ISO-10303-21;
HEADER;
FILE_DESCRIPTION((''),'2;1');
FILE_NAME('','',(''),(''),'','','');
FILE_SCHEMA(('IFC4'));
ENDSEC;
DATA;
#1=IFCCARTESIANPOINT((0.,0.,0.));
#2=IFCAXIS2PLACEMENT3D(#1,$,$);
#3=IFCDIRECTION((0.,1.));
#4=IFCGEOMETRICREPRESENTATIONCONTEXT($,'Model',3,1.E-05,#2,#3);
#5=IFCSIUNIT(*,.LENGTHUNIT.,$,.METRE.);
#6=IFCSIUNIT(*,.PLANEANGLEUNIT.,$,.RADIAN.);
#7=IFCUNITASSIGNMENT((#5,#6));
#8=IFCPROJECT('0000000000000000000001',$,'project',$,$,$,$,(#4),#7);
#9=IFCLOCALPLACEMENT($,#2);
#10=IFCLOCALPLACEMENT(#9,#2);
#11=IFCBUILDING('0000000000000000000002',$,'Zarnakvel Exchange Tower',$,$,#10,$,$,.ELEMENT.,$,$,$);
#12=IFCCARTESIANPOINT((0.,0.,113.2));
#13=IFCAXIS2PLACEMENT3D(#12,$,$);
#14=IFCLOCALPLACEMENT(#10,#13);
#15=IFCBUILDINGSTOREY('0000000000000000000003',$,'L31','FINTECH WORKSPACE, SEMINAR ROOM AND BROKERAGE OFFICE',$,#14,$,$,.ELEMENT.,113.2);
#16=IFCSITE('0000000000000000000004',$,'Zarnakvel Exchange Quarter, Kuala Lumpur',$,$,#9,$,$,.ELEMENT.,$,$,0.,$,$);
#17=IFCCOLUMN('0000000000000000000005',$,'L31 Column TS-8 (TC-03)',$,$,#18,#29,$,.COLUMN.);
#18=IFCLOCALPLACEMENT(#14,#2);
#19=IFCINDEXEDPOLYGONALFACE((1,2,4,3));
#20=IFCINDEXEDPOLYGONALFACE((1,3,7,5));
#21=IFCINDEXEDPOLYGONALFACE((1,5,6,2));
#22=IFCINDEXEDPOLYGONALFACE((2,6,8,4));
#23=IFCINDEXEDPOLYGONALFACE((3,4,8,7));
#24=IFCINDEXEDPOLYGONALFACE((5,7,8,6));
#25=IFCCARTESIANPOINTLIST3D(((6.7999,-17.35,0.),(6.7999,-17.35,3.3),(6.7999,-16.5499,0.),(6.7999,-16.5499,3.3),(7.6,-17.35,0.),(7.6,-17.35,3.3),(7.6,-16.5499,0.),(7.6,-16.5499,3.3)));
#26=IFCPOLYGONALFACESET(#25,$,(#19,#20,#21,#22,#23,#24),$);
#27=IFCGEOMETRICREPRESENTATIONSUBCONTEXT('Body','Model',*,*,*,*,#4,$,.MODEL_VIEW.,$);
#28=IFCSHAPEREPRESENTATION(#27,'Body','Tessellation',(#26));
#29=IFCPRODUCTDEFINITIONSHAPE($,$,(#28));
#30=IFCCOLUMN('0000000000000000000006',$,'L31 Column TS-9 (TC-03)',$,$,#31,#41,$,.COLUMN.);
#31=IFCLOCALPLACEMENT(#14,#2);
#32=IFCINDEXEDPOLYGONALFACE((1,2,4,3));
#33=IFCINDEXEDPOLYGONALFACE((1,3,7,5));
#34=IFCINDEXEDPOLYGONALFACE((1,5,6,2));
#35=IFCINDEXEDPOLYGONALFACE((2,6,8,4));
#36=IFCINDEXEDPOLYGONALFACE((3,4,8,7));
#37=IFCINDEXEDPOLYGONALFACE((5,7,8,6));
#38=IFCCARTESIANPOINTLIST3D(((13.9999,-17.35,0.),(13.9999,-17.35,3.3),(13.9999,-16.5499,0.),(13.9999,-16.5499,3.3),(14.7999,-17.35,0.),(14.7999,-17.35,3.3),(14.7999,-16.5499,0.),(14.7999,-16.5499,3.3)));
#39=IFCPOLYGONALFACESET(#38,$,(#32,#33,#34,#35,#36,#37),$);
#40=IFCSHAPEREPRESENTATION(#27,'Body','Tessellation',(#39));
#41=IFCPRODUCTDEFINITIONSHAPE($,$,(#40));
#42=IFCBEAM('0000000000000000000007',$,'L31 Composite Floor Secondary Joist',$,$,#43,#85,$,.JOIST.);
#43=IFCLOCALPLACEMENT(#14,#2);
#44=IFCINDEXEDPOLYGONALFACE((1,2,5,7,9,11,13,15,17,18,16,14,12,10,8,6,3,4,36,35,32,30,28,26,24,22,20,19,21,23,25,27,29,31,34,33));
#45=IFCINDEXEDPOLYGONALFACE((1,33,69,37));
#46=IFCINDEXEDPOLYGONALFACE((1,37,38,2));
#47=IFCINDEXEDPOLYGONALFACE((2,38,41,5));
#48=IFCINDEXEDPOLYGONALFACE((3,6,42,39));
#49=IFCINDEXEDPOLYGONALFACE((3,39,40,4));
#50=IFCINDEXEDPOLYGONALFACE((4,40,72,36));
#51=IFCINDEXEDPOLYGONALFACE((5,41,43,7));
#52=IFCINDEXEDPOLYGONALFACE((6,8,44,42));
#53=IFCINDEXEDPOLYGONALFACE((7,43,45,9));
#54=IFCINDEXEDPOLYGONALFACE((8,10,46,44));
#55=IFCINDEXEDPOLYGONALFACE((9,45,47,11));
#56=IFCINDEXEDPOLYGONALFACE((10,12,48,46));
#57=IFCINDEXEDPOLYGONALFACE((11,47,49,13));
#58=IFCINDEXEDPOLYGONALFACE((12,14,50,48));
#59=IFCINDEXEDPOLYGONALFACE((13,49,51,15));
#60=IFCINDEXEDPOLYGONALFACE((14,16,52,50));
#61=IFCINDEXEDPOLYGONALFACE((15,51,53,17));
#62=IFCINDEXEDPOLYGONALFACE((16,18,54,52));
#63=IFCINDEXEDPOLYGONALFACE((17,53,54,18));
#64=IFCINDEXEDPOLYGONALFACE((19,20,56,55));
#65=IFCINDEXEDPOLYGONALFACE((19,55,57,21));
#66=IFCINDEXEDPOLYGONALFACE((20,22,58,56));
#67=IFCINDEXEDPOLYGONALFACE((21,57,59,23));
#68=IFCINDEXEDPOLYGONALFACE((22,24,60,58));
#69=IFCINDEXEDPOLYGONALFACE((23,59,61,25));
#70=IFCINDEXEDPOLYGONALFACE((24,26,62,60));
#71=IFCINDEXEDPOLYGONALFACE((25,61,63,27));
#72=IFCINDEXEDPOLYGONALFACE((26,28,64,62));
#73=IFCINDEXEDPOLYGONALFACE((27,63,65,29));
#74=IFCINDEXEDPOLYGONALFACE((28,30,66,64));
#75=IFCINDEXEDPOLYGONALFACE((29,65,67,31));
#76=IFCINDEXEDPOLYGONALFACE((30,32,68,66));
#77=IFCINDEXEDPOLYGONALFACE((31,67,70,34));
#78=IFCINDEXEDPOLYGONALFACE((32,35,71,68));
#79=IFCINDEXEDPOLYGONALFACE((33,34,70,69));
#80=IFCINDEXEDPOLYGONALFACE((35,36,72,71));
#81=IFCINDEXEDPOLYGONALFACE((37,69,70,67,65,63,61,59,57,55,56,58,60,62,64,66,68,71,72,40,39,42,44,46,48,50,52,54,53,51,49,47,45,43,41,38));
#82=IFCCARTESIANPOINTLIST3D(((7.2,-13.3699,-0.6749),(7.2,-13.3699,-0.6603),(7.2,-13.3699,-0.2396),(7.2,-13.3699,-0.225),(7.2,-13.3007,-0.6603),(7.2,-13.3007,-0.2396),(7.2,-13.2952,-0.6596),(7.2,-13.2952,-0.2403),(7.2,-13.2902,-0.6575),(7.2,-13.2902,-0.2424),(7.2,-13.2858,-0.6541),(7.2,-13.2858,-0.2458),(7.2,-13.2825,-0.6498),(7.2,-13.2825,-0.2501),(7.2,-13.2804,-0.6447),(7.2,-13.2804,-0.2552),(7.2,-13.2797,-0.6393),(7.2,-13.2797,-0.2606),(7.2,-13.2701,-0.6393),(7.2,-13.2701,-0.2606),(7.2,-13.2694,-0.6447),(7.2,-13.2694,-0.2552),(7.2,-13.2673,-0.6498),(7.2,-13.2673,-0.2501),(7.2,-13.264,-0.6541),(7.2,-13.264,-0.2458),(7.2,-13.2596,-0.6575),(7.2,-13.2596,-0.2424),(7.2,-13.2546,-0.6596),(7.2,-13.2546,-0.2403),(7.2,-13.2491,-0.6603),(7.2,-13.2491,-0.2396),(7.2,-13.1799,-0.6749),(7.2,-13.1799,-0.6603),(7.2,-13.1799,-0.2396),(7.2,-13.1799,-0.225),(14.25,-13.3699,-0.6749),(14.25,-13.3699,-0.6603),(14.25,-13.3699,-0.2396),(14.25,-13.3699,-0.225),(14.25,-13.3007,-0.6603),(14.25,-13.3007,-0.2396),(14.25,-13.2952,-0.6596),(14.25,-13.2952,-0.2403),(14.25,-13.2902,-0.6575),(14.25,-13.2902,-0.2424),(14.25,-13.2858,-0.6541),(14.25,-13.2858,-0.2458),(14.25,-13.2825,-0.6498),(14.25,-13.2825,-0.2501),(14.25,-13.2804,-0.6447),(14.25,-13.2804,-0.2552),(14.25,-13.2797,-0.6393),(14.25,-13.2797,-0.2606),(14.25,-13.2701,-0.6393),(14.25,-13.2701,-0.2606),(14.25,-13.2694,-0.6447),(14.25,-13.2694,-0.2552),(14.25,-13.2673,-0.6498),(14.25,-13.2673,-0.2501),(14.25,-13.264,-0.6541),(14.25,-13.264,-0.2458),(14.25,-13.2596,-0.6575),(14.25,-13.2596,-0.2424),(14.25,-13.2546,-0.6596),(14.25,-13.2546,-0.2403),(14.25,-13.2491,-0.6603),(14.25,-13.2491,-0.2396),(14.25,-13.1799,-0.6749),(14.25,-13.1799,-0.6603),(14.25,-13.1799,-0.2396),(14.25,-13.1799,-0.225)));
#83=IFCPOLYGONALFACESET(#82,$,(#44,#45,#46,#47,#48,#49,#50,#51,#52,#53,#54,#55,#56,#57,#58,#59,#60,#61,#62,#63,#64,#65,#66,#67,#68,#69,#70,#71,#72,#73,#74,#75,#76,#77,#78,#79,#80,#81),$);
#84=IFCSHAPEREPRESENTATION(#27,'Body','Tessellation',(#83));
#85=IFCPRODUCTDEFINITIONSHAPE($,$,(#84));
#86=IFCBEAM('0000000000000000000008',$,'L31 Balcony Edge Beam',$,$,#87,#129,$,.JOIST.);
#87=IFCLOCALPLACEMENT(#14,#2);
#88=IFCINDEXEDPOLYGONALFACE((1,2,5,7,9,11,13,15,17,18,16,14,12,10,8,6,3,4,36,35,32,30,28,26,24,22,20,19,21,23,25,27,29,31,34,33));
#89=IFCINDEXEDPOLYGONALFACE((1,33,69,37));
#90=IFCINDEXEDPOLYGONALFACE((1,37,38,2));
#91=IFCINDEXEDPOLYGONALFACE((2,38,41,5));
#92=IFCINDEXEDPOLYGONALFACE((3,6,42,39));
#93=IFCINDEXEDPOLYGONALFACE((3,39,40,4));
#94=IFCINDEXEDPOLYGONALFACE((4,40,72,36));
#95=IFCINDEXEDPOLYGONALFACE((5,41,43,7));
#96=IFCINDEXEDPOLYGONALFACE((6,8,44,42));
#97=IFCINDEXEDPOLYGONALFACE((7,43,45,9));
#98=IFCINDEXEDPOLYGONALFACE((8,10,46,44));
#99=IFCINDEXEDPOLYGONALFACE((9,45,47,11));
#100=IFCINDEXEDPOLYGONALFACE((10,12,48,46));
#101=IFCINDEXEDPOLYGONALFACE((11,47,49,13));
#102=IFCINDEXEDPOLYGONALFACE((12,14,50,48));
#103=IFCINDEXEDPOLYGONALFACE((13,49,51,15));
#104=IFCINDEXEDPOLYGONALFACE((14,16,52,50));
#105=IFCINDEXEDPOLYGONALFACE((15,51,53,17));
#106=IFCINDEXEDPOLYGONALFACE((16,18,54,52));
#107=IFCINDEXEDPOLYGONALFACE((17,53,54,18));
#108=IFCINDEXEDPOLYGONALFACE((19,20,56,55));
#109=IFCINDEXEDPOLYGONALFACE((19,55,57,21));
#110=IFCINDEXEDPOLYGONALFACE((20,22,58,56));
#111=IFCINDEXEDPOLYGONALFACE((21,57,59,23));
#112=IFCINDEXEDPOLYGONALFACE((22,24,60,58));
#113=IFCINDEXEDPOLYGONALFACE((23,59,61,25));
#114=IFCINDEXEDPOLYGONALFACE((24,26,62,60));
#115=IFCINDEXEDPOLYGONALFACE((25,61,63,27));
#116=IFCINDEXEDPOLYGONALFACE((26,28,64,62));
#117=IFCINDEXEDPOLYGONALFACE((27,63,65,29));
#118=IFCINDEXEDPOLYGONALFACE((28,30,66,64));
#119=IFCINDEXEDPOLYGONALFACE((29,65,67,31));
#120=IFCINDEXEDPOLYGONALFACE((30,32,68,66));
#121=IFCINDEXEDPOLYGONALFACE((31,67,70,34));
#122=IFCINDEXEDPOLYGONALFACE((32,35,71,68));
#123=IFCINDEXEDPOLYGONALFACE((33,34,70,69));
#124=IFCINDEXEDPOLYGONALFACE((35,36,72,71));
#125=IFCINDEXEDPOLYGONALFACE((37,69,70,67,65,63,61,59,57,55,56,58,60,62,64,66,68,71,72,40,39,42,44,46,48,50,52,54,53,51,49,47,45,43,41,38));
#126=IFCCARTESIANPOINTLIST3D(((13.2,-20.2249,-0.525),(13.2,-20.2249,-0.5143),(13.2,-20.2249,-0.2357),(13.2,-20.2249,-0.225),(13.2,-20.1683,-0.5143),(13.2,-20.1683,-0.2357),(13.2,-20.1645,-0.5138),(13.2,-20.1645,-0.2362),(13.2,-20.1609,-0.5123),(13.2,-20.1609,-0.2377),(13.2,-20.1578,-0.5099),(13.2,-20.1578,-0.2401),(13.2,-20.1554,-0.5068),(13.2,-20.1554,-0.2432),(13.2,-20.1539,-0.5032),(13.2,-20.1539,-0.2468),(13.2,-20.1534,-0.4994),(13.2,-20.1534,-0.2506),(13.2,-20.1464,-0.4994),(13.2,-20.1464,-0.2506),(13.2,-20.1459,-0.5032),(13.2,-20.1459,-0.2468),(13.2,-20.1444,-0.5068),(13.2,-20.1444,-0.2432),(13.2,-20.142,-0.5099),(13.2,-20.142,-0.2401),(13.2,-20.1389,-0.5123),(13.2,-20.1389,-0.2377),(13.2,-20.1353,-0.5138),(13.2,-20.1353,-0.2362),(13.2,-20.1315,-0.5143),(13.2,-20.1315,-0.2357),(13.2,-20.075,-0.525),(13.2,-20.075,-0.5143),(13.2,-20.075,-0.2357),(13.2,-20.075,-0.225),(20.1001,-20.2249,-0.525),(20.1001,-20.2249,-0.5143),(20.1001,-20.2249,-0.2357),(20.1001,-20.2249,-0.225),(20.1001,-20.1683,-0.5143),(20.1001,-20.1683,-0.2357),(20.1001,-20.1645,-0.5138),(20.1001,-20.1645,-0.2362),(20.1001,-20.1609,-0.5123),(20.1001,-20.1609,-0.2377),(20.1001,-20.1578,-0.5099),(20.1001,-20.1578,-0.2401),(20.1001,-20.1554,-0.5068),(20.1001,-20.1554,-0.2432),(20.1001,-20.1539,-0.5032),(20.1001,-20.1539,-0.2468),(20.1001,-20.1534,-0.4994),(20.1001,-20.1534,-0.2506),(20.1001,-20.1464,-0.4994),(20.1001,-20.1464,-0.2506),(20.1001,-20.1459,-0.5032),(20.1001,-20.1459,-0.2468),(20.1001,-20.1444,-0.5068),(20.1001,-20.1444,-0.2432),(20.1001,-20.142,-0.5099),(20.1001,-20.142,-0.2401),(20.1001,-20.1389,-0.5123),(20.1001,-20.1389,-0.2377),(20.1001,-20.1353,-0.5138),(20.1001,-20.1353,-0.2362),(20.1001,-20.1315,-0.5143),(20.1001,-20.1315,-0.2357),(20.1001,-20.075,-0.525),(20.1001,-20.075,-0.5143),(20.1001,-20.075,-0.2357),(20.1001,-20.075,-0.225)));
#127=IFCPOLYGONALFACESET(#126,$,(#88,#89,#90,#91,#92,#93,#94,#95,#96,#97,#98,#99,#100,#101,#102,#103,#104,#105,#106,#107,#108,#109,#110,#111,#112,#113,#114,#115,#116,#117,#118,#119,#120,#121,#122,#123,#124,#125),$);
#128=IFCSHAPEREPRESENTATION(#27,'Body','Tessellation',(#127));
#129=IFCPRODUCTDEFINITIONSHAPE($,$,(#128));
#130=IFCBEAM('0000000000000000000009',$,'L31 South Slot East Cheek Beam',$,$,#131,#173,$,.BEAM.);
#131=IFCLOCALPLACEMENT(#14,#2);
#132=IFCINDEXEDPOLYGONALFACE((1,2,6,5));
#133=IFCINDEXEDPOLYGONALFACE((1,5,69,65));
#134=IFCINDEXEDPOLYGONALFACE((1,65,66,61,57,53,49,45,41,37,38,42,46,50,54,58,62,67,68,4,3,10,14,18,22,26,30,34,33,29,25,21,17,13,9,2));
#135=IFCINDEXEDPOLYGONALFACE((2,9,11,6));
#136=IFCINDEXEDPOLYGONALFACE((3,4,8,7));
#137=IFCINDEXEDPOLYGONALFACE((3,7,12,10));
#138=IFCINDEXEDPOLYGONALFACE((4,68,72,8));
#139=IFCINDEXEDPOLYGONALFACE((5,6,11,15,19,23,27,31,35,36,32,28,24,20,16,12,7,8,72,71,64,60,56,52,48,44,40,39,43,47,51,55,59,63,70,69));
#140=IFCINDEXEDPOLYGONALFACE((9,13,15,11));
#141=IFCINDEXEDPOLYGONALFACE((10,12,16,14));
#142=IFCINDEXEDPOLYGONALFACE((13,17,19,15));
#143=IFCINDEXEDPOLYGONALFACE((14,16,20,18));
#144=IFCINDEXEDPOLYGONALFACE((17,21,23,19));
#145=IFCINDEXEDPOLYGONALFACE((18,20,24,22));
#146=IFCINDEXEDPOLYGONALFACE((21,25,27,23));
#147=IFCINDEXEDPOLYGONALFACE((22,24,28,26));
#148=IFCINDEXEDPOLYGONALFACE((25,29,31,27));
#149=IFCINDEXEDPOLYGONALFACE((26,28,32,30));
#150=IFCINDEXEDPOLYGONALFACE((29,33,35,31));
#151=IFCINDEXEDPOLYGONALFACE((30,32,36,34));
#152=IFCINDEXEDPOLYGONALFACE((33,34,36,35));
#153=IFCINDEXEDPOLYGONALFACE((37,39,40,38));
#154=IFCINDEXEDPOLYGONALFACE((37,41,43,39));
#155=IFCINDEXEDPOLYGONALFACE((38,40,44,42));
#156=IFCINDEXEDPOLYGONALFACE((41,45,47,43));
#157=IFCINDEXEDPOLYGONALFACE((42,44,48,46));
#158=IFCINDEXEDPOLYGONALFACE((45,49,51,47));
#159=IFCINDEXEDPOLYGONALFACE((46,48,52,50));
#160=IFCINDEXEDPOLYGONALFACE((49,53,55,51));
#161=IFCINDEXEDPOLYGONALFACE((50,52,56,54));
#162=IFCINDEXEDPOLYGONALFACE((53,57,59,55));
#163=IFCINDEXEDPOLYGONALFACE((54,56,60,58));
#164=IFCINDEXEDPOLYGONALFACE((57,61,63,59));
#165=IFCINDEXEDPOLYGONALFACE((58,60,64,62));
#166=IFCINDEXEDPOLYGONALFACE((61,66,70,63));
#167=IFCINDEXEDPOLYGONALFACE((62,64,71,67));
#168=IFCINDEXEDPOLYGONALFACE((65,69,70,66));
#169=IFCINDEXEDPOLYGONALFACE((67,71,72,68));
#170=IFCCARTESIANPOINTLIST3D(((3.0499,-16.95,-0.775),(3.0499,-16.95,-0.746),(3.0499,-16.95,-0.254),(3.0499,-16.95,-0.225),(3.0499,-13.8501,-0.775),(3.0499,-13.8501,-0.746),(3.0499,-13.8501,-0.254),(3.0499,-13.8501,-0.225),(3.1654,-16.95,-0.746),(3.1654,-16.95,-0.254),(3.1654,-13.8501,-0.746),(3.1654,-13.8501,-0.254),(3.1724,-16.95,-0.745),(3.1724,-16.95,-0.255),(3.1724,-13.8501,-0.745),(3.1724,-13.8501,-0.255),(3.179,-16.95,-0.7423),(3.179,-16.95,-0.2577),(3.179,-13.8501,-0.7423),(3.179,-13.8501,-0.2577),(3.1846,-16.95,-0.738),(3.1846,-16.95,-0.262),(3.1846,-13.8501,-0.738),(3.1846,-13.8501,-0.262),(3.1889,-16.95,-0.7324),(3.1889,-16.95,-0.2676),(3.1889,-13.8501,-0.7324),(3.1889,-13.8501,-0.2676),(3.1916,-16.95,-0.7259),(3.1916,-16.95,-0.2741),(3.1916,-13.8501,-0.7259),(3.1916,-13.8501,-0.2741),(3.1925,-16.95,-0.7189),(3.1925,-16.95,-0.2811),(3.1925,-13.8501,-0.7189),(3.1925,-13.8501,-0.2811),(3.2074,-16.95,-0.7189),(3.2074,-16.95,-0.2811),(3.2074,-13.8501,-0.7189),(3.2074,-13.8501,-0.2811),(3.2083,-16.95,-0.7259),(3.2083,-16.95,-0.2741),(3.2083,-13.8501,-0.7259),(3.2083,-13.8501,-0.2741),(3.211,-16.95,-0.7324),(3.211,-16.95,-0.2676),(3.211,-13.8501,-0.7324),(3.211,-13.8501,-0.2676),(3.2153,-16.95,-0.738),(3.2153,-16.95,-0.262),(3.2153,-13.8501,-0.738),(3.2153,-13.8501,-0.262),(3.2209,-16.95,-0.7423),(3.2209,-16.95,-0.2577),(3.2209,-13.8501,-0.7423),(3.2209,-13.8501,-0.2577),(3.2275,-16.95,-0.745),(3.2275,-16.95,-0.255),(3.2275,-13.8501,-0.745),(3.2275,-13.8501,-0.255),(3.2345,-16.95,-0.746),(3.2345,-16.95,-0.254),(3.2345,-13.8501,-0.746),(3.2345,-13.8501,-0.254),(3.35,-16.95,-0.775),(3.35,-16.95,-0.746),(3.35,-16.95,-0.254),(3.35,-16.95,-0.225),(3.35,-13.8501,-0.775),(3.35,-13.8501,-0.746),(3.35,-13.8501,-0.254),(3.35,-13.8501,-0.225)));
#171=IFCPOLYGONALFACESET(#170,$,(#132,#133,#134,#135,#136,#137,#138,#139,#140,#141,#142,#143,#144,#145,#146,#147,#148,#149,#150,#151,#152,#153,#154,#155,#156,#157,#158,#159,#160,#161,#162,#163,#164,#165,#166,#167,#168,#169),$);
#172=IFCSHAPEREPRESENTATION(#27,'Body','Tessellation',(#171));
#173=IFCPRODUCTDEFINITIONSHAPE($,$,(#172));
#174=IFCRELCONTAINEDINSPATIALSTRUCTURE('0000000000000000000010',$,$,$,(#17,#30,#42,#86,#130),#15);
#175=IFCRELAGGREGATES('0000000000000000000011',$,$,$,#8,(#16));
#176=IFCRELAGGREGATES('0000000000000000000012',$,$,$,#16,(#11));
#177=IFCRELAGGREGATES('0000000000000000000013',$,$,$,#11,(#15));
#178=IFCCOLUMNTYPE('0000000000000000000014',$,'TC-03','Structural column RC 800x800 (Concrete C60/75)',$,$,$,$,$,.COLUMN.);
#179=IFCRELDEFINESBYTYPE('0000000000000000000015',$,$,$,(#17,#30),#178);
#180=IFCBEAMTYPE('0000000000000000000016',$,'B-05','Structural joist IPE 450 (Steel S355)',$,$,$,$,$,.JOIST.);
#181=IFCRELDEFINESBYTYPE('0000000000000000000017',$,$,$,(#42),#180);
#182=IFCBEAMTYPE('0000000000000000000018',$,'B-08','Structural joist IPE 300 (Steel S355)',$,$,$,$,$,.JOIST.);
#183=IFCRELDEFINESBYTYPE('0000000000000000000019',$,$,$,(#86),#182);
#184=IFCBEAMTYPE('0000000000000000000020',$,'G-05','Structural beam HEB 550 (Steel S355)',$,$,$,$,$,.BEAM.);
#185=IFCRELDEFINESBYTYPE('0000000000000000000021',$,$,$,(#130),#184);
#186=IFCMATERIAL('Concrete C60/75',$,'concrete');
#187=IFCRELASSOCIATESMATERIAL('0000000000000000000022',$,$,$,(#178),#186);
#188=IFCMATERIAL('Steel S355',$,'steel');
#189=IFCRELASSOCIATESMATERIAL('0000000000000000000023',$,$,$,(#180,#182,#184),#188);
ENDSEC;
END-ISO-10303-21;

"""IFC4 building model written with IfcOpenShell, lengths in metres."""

from ifc_helpers import new_model, si_unit, direction, frame, origin, origin_2d, place, context, subcontext, project, spatial, rectangle, i_section, extrude, material, material_profile, profile_set, type_object, element, save


model = new_model("IFC4")

# Units and contexts
model_context = context("Model", 3, precision=1e-05, world=origin(), true_north=direction((0.0, 1.0)))
body_context = subcontext(model_context, "Body", "Model", "MODEL_VIEW")
ifc_project = project(units=[si_unit("LENGTHUNIT", "METRE"), si_unit("PLANEANGLEUNIT", "RADIAN")], contexts=[model_context])

# Site, building, storey
site_placement = place(None, origin())
site = spatial("IfcSite", under=ifc_project, at=site_placement, Name="Zarnakvel Exchange Quarter, Kuala Lumpur", CompositionType="ELEMENT", RefElevation=0.0)
building_placement = place(site_placement, origin())
building = spatial("IfcBuilding", under=site, at=building_placement, Name="Zarnakvel Exchange Tower", CompositionType="ELEMENT")
storey_placement = place(building_placement, frame((0.0, 0.0, 113.2)))
storey = spatial("IfcBuildingStorey", under=building, at=storey_placement, Name="L31", Description="FINTECH WORKSPACE, SEMINAR ROOM AND BROKERAGE OFFICE", CompositionType="ELEMENT", Elevation=113.2)

# Columns
ifc_material_1 = material(Name="Concrete C60/75", Category="concrete")
ifc_material_profile_1 = material_profile(ifc_material_1, rectangle(XDim=0.8, YDim=0.8, at=origin_2d()))
ifc_profile_set_1 = profile_set([ifc_material_profile_1], Name="Concrete C60/75")
column_type = type_object("IfcColumnType", Name="TC-03", Description="Structural column RC 800x800 (Concrete C60/75)", PredefinedType="COLUMN", material=ifc_profile_set_1)
for number, where, z_axis, x_axis, name in (
    (1, (7.2, -16.95, 0.0), (0.0, 0.0, 1.0), (1.0, 0.0, 0.0), "L31 Column TS-8 (TC-03)"),
    (2, (14.3999, -16.95, 0.0), (0.0, 0.0, 1.0), (1.0, 0.0, 0.0), "L31 Column TS-9 (TC-03)"),
):
    element("IfcColumn", number, at=place(storey_placement, frame(where, z_axis=z_axis, x_axis=x_axis)), inside=storey, type_object=column_type, Name=name, PredefinedType="COLUMN", context=body_context, shape_type="SweptSolid", body=[
        extrude(rectangle(XDim=0.8, YDim=0.8, at=origin_2d()), origin(), (0.0, 0.0, 1.0), 3.3),
    ])

# Beams
ifc_material_2 = material(Name="Steel S355", Category="steel")
ifc_material_profile_2 = material_profile(ifc_material_2, i_section(OverallWidth=0.1899, OverallDepth=0.45, WebThickness=0.0095, FlangeThickness=0.0146, FilletRadius=0.021, at=origin_2d()))
ifc_profile_set_2 = profile_set([ifc_material_profile_2], Name="Steel S355")
beam_type_1 = type_object("IfcBeamType", Name="B-05", Description="Structural joist IPE 450 (Steel S355)", PredefinedType="JOIST", material=ifc_profile_set_2)
beam_1_placement = place(storey_placement, frame((7.2, -13.2749, -0.45), z_axis=(1.0, 0.0, 0.0), x_axis=(0.0, 1.0, 0.0)))
element("IfcBeam", 3, at=beam_1_placement, inside=storey, type_object=beam_type_1, Name="L31 Composite Floor Secondary Joist", PredefinedType="JOIST", context=body_context, shape_type="SweptSolid", body=[
    extrude(i_section(OverallWidth=0.1899, OverallDepth=0.45, WebThickness=0.0095, FlangeThickness=0.0146, FilletRadius=0.021, at=origin_2d()), origin(), (0.0, 0.0, 1.0), 7.05),
])
ifc_material_profile_3 = material_profile(ifc_material_2, i_section(OverallWidth=0.1499, OverallDepth=0.3, WebThickness=0.0071, FlangeThickness=0.0107, FilletRadius=0.0149, at=origin_2d()))
ifc_profile_set_3 = profile_set([ifc_material_profile_3], Name="Steel S355")
beam_type_2 = type_object("IfcBeamType", Name="B-08", Description="Structural joist IPE 300 (Steel S355)", PredefinedType="JOIST", material=ifc_profile_set_3)
beam_2_placement = place(storey_placement, frame((13.2, -20.1499, -0.375), z_axis=(1.0, 0.0, 0.0), x_axis=(0.0, 1.0, 0.0)))
element("IfcBeam", 4, at=beam_2_placement, inside=storey, type_object=beam_type_2, Name="L31 Balcony Edge Beam", PredefinedType="JOIST", context=body_context, shape_type="SweptSolid", body=[
    extrude(i_section(OverallWidth=0.1499, OverallDepth=0.3, WebThickness=0.0071, FlangeThickness=0.0107, FilletRadius=0.0149, at=origin_2d()), origin(), (0.0, 0.0, 1.0), 6.9001),
])
ifc_material_profile_4 = material_profile(ifc_material_2, i_section(OverallWidth=0.3, OverallDepth=0.55, WebThickness=0.0149, FlangeThickness=0.0291, FilletRadius=0.0271, at=origin_2d()))
ifc_profile_set_4 = profile_set([ifc_material_profile_4], Name="Steel S355")
beam_type_3 = type_object("IfcBeamType", Name="G-05", Description="Structural beam HEB 550 (Steel S355)", PredefinedType="BEAM", material=ifc_profile_set_4)
beam_3_placement = place(storey_placement, frame((3.2, -16.95, -0.5), z_axis=(0.0, 1.0, 0.0), x_axis=(-1.0, 0.0, 0.0)))
element("IfcBeam", 5, at=beam_3_placement, inside=storey, type_object=beam_type_3, Name="L31 South Slot East Cheek Beam", PredefinedType="BEAM", context=body_context, shape_type="SweptSolid", body=[
    extrude(i_section(OverallWidth=0.3, OverallDepth=0.55, WebThickness=0.0149, FlangeThickness=0.0291, FilletRadius=0.0271, at=origin_2d()), origin(), (0.0, 0.0, 1.0), 3.0999),
])

save(model, "model.ifc")
